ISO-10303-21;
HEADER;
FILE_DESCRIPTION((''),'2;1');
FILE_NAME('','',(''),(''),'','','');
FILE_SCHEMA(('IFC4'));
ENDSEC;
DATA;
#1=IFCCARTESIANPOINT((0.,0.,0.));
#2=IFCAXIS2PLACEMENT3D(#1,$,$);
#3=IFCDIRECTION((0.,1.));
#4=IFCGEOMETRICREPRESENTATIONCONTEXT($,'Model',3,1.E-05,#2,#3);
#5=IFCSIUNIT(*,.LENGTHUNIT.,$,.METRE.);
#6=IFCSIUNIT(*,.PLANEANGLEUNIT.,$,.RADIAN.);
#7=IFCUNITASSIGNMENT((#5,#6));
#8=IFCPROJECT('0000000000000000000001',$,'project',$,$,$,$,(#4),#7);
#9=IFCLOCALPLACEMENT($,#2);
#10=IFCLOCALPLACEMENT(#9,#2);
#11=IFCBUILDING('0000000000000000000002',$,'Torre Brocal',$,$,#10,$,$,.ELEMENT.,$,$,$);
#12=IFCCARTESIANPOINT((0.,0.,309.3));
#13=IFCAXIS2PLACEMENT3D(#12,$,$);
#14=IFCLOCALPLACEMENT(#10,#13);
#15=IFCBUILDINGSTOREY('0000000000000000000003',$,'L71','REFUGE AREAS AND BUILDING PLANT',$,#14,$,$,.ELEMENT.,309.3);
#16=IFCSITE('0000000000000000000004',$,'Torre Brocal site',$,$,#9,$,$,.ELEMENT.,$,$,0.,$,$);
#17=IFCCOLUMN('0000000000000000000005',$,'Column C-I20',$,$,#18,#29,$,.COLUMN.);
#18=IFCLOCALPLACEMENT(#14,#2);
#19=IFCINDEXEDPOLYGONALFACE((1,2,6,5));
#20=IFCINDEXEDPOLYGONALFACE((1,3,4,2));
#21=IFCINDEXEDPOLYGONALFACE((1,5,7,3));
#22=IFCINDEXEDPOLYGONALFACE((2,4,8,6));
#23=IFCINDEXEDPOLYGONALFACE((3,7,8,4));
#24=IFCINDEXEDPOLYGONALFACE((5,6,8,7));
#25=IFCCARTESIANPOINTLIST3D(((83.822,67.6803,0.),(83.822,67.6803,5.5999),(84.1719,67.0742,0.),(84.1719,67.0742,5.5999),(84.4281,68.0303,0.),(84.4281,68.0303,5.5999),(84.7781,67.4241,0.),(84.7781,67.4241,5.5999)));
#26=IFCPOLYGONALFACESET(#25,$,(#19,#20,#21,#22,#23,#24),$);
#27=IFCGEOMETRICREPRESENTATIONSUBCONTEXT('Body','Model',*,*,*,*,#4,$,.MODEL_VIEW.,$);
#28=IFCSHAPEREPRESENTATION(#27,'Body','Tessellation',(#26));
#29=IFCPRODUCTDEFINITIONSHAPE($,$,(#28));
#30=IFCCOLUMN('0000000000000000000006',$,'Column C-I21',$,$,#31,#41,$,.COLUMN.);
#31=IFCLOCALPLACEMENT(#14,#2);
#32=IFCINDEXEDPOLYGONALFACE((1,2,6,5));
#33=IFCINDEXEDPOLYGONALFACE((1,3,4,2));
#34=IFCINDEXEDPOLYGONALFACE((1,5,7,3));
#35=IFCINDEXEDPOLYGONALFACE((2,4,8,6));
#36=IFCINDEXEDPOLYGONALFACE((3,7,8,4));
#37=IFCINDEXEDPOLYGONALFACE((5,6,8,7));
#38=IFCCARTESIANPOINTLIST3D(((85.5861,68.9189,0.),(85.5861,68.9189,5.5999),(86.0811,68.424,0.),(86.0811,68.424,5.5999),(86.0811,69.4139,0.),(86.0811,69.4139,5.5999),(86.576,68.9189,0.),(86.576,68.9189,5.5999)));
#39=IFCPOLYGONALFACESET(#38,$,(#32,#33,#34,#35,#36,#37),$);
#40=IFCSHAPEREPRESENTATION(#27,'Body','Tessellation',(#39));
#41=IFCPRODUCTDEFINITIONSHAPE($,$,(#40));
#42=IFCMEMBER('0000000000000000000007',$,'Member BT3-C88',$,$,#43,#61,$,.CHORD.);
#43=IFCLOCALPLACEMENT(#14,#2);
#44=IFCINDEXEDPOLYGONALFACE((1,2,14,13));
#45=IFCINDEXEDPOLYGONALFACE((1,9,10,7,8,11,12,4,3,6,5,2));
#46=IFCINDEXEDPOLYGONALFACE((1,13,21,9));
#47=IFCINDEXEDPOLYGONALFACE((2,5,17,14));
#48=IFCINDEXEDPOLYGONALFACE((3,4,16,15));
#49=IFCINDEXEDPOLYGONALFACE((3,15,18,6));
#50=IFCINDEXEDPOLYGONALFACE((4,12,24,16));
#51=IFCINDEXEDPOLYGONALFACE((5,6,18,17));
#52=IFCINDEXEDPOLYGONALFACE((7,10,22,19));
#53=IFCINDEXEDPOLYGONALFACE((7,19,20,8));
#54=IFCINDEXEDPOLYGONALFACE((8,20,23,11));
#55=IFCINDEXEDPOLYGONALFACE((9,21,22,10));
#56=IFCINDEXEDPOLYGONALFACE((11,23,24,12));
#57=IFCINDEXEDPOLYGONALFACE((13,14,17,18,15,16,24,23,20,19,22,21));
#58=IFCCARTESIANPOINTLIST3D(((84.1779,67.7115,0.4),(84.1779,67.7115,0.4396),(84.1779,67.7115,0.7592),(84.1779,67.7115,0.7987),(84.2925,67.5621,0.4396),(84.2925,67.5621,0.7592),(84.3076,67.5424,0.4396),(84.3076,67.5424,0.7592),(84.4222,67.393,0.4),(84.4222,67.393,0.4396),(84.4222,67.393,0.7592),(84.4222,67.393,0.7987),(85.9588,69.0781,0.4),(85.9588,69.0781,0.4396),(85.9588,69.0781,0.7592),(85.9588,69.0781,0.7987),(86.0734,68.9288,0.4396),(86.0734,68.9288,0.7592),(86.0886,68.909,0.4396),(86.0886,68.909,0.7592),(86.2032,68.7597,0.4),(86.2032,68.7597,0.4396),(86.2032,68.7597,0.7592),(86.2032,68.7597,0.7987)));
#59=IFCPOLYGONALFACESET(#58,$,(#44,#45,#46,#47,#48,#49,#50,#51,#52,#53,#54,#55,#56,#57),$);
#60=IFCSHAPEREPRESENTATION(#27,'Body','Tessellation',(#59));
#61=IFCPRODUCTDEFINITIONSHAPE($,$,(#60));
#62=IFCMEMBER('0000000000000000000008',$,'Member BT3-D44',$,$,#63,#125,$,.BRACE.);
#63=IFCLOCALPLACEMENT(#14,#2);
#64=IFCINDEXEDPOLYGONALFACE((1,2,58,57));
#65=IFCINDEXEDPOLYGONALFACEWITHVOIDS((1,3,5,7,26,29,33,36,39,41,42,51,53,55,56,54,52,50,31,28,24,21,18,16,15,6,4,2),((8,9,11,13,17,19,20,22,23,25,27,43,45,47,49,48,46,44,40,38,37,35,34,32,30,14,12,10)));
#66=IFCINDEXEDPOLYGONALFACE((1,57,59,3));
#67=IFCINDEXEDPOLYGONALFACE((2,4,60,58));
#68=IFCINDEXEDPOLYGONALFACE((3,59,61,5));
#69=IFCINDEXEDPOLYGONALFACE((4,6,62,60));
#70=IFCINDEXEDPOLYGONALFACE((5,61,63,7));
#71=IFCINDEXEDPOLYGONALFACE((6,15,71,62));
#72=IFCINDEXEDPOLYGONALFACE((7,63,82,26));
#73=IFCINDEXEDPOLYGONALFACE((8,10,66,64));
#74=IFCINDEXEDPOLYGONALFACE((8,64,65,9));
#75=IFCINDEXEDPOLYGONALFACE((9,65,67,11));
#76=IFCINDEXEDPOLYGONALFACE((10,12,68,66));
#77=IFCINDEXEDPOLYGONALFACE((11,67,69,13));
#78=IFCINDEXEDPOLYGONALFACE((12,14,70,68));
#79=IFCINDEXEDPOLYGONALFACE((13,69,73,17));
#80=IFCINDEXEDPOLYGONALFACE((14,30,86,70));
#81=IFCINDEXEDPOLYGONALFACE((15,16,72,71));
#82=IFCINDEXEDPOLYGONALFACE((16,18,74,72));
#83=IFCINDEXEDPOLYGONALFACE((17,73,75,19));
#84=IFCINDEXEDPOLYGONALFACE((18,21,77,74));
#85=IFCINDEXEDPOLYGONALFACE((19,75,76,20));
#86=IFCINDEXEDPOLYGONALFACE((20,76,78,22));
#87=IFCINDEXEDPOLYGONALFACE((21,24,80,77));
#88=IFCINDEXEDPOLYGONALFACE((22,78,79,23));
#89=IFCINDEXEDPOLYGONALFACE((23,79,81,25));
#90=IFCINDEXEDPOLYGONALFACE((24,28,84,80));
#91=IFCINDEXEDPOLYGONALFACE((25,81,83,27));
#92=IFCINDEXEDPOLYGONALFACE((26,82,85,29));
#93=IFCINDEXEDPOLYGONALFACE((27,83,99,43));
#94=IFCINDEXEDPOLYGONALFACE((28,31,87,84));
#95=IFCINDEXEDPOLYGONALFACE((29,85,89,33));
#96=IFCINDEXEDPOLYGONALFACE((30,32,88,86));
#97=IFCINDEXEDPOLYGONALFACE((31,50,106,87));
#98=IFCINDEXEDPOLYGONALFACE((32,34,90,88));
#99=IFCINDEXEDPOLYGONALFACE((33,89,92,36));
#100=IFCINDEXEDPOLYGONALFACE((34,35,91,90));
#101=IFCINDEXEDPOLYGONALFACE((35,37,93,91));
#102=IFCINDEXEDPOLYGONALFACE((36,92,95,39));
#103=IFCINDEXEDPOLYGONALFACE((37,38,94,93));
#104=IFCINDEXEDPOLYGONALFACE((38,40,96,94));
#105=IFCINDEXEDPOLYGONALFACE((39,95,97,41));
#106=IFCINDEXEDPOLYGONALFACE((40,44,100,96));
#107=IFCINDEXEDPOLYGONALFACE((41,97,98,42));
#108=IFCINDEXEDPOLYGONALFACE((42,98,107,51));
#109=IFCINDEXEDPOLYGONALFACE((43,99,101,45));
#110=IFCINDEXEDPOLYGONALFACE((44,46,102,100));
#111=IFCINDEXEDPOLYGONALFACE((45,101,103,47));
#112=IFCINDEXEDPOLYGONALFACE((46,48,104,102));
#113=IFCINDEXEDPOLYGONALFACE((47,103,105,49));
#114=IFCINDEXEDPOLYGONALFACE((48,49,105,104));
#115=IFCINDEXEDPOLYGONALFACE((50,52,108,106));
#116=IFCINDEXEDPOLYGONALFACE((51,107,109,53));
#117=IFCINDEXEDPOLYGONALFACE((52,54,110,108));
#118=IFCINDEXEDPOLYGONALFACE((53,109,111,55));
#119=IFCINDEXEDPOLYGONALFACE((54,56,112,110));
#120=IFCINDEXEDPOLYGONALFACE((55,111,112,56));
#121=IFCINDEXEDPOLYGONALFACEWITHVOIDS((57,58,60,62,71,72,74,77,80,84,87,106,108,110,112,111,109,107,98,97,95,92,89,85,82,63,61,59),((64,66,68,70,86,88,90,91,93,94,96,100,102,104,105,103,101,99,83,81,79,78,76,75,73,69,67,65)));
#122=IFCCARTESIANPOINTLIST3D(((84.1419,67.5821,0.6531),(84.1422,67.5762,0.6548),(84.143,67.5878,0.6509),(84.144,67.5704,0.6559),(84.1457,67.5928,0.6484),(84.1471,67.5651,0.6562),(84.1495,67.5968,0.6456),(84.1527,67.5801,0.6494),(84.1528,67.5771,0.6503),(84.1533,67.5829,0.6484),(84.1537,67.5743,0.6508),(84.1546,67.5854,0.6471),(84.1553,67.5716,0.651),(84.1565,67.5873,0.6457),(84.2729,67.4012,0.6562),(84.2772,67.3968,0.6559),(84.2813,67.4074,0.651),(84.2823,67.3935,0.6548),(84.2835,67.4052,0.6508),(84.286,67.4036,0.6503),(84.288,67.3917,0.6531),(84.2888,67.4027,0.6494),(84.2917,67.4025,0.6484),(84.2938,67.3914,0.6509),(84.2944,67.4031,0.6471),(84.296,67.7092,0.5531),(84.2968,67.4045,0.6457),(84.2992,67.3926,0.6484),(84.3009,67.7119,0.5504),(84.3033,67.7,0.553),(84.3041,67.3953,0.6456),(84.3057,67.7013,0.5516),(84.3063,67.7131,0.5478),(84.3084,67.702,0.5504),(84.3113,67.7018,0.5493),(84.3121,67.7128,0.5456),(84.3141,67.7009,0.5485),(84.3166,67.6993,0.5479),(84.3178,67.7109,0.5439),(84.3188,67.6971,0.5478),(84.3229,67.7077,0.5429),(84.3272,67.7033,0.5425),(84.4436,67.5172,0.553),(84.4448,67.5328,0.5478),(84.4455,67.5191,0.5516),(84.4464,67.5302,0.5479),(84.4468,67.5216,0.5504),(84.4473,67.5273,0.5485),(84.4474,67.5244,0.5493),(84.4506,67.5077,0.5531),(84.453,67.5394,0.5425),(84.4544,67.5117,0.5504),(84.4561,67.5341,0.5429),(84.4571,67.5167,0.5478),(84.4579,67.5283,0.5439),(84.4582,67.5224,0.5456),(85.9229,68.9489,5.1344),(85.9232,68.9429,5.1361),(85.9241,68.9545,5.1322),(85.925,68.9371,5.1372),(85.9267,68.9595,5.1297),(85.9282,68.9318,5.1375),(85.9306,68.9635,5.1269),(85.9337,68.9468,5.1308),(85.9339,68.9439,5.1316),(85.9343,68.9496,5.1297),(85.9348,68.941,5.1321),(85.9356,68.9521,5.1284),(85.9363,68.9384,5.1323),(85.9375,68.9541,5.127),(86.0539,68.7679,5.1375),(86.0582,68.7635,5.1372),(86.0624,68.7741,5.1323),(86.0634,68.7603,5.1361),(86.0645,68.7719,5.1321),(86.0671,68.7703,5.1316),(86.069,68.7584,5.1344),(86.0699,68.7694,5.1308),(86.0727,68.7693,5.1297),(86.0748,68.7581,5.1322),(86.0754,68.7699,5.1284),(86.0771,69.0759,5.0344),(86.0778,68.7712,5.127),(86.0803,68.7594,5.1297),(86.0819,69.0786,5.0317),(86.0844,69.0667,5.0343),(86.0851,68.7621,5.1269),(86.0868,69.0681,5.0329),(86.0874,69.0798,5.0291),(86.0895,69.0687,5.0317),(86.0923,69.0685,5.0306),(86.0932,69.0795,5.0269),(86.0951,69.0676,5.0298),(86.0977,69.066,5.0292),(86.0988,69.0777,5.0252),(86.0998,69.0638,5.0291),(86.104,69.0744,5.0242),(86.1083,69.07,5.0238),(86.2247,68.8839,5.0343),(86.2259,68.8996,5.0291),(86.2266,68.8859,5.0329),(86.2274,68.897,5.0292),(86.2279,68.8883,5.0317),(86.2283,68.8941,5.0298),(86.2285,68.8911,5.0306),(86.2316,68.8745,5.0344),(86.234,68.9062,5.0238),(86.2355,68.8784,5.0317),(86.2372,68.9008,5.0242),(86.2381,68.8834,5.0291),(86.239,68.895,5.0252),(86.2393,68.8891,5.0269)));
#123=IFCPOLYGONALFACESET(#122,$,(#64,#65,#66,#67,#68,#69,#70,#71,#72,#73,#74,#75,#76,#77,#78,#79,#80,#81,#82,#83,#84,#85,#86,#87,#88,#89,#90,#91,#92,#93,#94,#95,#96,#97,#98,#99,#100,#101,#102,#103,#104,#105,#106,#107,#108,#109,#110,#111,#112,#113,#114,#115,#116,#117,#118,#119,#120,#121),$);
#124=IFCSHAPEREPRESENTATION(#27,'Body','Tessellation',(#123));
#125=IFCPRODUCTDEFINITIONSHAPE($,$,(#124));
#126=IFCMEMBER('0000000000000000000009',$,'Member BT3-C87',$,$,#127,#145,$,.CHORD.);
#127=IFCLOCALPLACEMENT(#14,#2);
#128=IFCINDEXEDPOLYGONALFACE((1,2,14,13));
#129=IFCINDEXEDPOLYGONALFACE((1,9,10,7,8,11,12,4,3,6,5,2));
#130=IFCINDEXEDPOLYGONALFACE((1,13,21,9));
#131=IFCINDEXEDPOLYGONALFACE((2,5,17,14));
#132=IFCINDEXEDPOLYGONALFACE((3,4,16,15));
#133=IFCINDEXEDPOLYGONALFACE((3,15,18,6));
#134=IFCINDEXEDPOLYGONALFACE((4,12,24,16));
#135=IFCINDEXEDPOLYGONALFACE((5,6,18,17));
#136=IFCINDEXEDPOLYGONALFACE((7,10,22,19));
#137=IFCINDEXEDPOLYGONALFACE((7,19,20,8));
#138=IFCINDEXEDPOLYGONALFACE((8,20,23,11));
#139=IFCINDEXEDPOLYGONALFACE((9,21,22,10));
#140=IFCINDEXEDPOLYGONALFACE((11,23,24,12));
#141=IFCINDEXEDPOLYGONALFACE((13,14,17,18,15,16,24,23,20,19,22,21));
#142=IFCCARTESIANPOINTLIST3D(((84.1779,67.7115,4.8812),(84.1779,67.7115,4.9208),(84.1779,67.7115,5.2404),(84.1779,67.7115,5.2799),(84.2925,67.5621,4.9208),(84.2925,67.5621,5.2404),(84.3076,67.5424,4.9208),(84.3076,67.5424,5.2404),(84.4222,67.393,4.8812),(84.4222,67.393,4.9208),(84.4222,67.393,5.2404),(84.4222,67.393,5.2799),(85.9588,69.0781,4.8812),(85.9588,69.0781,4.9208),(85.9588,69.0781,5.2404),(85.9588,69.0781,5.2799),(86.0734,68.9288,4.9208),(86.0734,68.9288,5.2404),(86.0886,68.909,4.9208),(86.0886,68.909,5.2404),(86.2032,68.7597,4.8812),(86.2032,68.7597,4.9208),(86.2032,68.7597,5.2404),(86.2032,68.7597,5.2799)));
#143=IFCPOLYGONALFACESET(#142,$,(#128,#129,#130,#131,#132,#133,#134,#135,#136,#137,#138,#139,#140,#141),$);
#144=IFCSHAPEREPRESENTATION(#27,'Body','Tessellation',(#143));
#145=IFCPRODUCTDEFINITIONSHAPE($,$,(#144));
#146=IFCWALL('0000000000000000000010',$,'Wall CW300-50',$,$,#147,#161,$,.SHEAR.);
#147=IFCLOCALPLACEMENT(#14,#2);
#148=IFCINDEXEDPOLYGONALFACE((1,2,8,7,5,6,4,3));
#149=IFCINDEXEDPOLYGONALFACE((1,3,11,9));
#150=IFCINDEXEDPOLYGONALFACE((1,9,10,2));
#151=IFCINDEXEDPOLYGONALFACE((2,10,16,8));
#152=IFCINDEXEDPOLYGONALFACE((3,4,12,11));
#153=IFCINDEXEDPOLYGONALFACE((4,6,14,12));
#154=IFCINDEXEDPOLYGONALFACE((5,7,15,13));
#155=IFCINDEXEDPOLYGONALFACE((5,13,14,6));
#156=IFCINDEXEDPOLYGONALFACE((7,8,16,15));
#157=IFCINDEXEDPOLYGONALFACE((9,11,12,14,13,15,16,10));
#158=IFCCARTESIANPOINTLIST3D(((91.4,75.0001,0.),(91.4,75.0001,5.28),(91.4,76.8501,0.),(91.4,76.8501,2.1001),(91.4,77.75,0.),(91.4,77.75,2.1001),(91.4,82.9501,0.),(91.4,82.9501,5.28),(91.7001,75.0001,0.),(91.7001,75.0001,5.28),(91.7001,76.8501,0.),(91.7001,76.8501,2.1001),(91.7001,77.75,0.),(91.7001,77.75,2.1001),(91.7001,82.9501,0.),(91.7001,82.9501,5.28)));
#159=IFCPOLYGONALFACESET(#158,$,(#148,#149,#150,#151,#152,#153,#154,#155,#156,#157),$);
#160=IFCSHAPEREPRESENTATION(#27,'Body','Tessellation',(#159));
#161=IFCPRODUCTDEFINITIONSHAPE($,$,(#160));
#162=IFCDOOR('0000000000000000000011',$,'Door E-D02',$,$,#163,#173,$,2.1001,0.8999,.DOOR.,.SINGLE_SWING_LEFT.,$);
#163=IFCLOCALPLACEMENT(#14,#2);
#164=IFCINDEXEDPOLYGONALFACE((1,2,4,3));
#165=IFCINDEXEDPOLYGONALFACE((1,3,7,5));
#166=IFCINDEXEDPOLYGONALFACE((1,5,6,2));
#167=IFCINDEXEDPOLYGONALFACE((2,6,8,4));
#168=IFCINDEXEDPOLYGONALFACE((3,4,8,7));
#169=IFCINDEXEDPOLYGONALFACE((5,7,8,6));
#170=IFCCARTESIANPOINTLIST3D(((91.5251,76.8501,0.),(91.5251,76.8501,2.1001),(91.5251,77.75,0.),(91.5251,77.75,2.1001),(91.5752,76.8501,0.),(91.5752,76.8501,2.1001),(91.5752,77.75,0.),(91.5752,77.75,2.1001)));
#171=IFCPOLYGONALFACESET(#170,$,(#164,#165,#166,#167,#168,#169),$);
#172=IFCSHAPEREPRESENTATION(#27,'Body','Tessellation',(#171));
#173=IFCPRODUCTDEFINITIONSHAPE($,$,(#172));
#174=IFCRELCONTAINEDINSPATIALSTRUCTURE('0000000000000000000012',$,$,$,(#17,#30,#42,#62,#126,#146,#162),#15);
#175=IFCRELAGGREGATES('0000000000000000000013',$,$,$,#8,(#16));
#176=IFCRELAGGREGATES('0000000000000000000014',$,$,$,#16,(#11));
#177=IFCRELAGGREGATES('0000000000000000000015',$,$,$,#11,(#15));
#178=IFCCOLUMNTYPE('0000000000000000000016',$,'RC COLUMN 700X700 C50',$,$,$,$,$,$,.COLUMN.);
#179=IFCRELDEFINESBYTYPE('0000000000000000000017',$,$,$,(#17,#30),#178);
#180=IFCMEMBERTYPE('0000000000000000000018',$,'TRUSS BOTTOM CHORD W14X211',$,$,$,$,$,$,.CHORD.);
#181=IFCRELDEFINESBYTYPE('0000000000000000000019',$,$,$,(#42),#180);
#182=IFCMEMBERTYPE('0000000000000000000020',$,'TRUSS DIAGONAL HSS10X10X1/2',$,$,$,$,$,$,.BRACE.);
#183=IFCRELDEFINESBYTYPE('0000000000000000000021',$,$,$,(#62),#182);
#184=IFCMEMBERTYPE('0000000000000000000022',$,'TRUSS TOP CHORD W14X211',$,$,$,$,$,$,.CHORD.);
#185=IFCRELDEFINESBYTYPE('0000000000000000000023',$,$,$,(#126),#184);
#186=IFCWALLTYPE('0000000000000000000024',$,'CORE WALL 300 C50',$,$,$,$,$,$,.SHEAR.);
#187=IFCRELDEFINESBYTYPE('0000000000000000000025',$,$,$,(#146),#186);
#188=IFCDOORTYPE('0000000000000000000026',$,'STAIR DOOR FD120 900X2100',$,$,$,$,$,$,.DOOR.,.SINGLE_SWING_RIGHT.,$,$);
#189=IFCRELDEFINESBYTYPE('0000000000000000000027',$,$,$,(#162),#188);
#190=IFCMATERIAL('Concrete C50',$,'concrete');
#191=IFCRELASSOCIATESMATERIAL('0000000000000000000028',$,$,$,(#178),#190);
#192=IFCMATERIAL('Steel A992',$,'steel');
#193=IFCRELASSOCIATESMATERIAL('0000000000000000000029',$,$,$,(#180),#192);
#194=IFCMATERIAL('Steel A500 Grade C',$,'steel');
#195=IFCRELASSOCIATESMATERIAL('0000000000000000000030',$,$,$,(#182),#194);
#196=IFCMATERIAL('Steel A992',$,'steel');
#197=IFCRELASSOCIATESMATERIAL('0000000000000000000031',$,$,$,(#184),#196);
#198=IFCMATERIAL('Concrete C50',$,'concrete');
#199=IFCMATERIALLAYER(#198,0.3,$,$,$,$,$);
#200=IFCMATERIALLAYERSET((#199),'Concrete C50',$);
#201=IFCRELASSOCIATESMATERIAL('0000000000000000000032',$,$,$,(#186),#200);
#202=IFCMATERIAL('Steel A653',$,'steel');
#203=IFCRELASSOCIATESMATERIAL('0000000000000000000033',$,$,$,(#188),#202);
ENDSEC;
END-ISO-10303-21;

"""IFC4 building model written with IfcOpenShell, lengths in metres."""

from ifc_helpers import new_model, si_unit, direction, frame, frame_2d, origin, origin_2d, place, context, subcontext, project, spatial, rectangle, hollow_rectangle, i_section, extrude, material, layer, layer_set, material_profile, profile_set, type_object, element, fill, save


model = new_model("IFC4")

# Units and contexts
model_context = context("Model", 3, precision=1e-05, world=origin(), true_north=direction((0.0, 1.0)))
body_context = subcontext(model_context, "Body", "Model", "MODEL_VIEW")
ifc_project = project(units=[si_unit("LENGTHUNIT", "METRE"), si_unit("PLANEANGLEUNIT", "RADIAN")], contexts=[model_context])

# Site, building, storey
site_placement = place(None, origin())
site = spatial("IfcSite", under=ifc_project, at=site_placement, Name="Torre Brocal site", CompositionType="ELEMENT", RefElevation=0.0)
building_placement = place(site_placement, origin())
building = spatial("IfcBuilding", under=site, at=building_placement, Name="Torre Brocal", CompositionType="ELEMENT")
storey_placement = place(building_placement, frame((0.0, 0.0, 309.3)))
storey = spatial("IfcBuildingStorey", under=building, at=storey_placement, Name="L71", Description="REFUGE AREAS AND BUILDING PLANT", CompositionType="ELEMENT", Elevation=309.3)

# Columns
ifc_material_1 = material(Name="Concrete C50", Category="concrete")
ifc_material_profile_1 = material_profile(ifc_material_1, rectangle(XDim=0.7, YDim=0.7, at=origin_2d()), Name="RC 700X700")
ifc_profile_set_1 = profile_set([ifc_material_profile_1], Name="Concrete C50")
column_type = type_object("IfcColumnType", Name="RC COLUMN 700X700 C50", PredefinedType="COLUMN", material=ifc_profile_set_1)
for number, where, z_axis, x_axis, name in (
    (1, (84.3, 67.5522, 0.0), (0.0, 0.0, 1.0), (0.5, -0.866025, 0.0), "Column C-I20"),
    (2, (86.0811, 68.9189, 0.0), (0.0, 0.0, 1.0), (0.707107, -0.707107, 0.0), "Column C-I21"),
):
    element("IfcColumn", number, at=place(storey_placement, frame(where, z_axis=z_axis, x_axis=x_axis)), inside=storey, type_object=column_type, Name=name, PredefinedType="COLUMN", context=body_context, shape_type="SweptSolid", body=[
        extrude(rectangle(XDim=0.7, YDim=0.7, at=origin_2d()), origin(), (0.0, 0.0, 1.0), 5.5999),
    ])

# Members
ifc_material_2 = material(Name="Steel A992", Category="steel")
ifc_material_profile_2 = material_profile(ifc_material_2, i_section(OverallWidth=0.4014, OverallDepth=0.3987, WebThickness=0.0249, FlangeThickness=0.0396, at=origin_2d()), Name="W14X211")
ifc_profile_set_2 = profile_set([ifc_material_profile_2], Name="Steel A992")
member_type_1 = type_object("IfcMemberType", Name="TRUSS BOTTOM CHORD W14X211", PredefinedType="CHORD", material=ifc_profile_set_2)
member_1_placement = place(storey_placement, frame((84.3, 67.5522, 0.5994), z_axis=(0.793335, 0.608785, 0.0), x_axis=(-0.608785, 0.793335, 0.0)))
element("IfcMember", 3, at=member_1_placement, inside=storey, type_object=member_type_1, Name="Member BT3-C88", PredefinedType="CHORD", context=body_context, shape_type="SweptSolid", body=[
    extrude(i_section(OverallWidth=0.4014, OverallDepth=0.3987, WebThickness=0.0249, FlangeThickness=0.0396, at=origin_2d()), origin(), (0.0, 0.0, 1.0), 2.2449),
])
ifc_material_3 = material(Name="Steel A500 Grade C", Category="steel")
ifc_material_profile_3 = material_profile(ifc_material_3, hollow_rectangle(XDim=0.2539, YDim=0.2539, WallThickness=0.0117, InnerFilletRadius=0.0117, OuterFilletRadius=0.0237, at=origin_2d()), Name="HSS10X10X1/2")
ifc_profile_set_3 = profile_set([ifc_material_profile_3], Name="Steel A500 Grade C")
member_type_2 = type_object("IfcMemberType", Name="TRUSS DIAGONAL HSS10X10X1/2", PredefinedType="BRACE", material=ifc_profile_set_3)
member_2_placement = place(storey_placement, frame((84.3, 67.5522, 0.5994), z_axis=(0.355342, 0.272681, 0.894079), x_axis=(-0.608785, 0.793335, 0.0)))
element("IfcMember", 4, at=member_2_placement, inside=storey, type_object=member_type_2, Name="Member BT3-D44", PredefinedType="BRACE", context=body_context, shape_type="SweptSolid", body=[
    extrude(hollow_rectangle(XDim=0.2539, YDim=0.2539, WallThickness=0.0117, InnerFilletRadius=0.0117, OuterFilletRadius=0.0237, at=origin_2d()), origin(), (0.0, 0.0, 1.0), 5.0122),
])
ifc_material_4 = material(Name="Steel A992", Category="steel")
ifc_material_profile_4 = material_profile(ifc_material_4, i_section(OverallWidth=0.4014, OverallDepth=0.3987, WebThickness=0.0249, FlangeThickness=0.0396, at=origin_2d()), Name="W14X211")
ifc_profile_set_4 = profile_set([ifc_material_profile_4], Name="Steel A992")
member_type_3 = type_object("IfcMemberType", Name="TRUSS TOP CHORD W14X211", PredefinedType="CHORD", material=ifc_profile_set_4)
member_3_placement = place(storey_placement, frame((84.3, 67.5522, 5.0806), z_axis=(0.793335, 0.608785, 0.0), x_axis=(-0.608785, 0.793335, 0.0)))
element("IfcMember", 5, at=member_3_placement, inside=storey, type_object=member_type_3, Name="Member BT3-C87", PredefinedType="CHORD", context=body_context, shape_type="SweptSolid", body=[
    extrude(i_section(OverallWidth=0.4014, OverallDepth=0.3987, WebThickness=0.0249, FlangeThickness=0.0396, at=origin_2d()), origin(), (0.0, 0.0, 1.0), 2.2449),
])

# Wall, opening, door
ifc_material_5 = material(Name="Concrete C50", Category="concrete")
ifc_layer_1 = layer(ifc_material_5, 0.3)
ifc_layer_set_1 = layer_set([ifc_layer_1], Name="Concrete C50")
wall_type_1 = type_object("IfcWallType", Name="CORE WALL 300 C50", PredefinedType="SHEAR", material=ifc_layer_set_1)
wall_1_placement = place(storey_placement, frame((91.55, 75.0, 0.0), z_axis=(0.0, 0.0, 1.0), x_axis=(0.0, 1.0, 0.0)))
wall_1 = element("IfcWall", 6, at=wall_1_placement, inside=storey, type_object=wall_type_1, Name="Wall CW300-50", PredefinedType="SHEAR", context=body_context, shape_type="SweptSolid", body=[
    extrude(rectangle(XDim=7.95, YDim=0.3, at=frame_2d((3.9751, 0.0))), origin(), (0.0, 0.0, 1.0), 5.28),
])
opening_1_placement = place(wall_1_placement, frame((1.8501, 0.0, 0.0)))
opening_1 = element("IfcOpeningElement", 7, at=opening_1_placement, cuts=wall_1, PredefinedType="OPENING", context=body_context, shape_type="SweptSolid", body=[
    extrude(rectangle(XDim=0.8999, YDim=2.1001, at=frame_2d((0.45, 1.05))), frame((0.0, 0.1599, 0.0), z_axis=(0.0, -1.0, 0.0), x_axis=(1.0, 0.0, 0.0)), (0.0, 0.0, 1.0), 0.3201),
])
ifc_material_6 = material(Name="Steel A653", Category="steel")
door_type = type_object("IfcDoorType", Name="STAIR DOOR FD120 900X2100", OperationType="SINGLE_SWING_RIGHT", PredefinedType="DOOR", material=ifc_material_6)
door_1_placement = place(opening_1_placement, origin())
door_1 = element("IfcDoor", 8, at=door_1_placement, inside=storey, type_object=door_type, Name="Door E-D02", OperationType="SINGLE_SWING_LEFT", OverallHeight=2.1001, OverallWidth=0.8999, PredefinedType="DOOR", context=body_context, shape_type="SweptSolid", body=[
    extrude(rectangle(XDim=0.8999, YDim=2.1001, at=frame_2d((0.45, 1.05))), frame((0.0, 0.0249, 0.0), z_axis=(0.0, -1.0, 0.0), x_axis=(1.0, 0.0, 0.0)), (0.0, 0.0, 1.0), 0.05),
])
fill(opening_1, door_1)

save(model, "model.ifc")
